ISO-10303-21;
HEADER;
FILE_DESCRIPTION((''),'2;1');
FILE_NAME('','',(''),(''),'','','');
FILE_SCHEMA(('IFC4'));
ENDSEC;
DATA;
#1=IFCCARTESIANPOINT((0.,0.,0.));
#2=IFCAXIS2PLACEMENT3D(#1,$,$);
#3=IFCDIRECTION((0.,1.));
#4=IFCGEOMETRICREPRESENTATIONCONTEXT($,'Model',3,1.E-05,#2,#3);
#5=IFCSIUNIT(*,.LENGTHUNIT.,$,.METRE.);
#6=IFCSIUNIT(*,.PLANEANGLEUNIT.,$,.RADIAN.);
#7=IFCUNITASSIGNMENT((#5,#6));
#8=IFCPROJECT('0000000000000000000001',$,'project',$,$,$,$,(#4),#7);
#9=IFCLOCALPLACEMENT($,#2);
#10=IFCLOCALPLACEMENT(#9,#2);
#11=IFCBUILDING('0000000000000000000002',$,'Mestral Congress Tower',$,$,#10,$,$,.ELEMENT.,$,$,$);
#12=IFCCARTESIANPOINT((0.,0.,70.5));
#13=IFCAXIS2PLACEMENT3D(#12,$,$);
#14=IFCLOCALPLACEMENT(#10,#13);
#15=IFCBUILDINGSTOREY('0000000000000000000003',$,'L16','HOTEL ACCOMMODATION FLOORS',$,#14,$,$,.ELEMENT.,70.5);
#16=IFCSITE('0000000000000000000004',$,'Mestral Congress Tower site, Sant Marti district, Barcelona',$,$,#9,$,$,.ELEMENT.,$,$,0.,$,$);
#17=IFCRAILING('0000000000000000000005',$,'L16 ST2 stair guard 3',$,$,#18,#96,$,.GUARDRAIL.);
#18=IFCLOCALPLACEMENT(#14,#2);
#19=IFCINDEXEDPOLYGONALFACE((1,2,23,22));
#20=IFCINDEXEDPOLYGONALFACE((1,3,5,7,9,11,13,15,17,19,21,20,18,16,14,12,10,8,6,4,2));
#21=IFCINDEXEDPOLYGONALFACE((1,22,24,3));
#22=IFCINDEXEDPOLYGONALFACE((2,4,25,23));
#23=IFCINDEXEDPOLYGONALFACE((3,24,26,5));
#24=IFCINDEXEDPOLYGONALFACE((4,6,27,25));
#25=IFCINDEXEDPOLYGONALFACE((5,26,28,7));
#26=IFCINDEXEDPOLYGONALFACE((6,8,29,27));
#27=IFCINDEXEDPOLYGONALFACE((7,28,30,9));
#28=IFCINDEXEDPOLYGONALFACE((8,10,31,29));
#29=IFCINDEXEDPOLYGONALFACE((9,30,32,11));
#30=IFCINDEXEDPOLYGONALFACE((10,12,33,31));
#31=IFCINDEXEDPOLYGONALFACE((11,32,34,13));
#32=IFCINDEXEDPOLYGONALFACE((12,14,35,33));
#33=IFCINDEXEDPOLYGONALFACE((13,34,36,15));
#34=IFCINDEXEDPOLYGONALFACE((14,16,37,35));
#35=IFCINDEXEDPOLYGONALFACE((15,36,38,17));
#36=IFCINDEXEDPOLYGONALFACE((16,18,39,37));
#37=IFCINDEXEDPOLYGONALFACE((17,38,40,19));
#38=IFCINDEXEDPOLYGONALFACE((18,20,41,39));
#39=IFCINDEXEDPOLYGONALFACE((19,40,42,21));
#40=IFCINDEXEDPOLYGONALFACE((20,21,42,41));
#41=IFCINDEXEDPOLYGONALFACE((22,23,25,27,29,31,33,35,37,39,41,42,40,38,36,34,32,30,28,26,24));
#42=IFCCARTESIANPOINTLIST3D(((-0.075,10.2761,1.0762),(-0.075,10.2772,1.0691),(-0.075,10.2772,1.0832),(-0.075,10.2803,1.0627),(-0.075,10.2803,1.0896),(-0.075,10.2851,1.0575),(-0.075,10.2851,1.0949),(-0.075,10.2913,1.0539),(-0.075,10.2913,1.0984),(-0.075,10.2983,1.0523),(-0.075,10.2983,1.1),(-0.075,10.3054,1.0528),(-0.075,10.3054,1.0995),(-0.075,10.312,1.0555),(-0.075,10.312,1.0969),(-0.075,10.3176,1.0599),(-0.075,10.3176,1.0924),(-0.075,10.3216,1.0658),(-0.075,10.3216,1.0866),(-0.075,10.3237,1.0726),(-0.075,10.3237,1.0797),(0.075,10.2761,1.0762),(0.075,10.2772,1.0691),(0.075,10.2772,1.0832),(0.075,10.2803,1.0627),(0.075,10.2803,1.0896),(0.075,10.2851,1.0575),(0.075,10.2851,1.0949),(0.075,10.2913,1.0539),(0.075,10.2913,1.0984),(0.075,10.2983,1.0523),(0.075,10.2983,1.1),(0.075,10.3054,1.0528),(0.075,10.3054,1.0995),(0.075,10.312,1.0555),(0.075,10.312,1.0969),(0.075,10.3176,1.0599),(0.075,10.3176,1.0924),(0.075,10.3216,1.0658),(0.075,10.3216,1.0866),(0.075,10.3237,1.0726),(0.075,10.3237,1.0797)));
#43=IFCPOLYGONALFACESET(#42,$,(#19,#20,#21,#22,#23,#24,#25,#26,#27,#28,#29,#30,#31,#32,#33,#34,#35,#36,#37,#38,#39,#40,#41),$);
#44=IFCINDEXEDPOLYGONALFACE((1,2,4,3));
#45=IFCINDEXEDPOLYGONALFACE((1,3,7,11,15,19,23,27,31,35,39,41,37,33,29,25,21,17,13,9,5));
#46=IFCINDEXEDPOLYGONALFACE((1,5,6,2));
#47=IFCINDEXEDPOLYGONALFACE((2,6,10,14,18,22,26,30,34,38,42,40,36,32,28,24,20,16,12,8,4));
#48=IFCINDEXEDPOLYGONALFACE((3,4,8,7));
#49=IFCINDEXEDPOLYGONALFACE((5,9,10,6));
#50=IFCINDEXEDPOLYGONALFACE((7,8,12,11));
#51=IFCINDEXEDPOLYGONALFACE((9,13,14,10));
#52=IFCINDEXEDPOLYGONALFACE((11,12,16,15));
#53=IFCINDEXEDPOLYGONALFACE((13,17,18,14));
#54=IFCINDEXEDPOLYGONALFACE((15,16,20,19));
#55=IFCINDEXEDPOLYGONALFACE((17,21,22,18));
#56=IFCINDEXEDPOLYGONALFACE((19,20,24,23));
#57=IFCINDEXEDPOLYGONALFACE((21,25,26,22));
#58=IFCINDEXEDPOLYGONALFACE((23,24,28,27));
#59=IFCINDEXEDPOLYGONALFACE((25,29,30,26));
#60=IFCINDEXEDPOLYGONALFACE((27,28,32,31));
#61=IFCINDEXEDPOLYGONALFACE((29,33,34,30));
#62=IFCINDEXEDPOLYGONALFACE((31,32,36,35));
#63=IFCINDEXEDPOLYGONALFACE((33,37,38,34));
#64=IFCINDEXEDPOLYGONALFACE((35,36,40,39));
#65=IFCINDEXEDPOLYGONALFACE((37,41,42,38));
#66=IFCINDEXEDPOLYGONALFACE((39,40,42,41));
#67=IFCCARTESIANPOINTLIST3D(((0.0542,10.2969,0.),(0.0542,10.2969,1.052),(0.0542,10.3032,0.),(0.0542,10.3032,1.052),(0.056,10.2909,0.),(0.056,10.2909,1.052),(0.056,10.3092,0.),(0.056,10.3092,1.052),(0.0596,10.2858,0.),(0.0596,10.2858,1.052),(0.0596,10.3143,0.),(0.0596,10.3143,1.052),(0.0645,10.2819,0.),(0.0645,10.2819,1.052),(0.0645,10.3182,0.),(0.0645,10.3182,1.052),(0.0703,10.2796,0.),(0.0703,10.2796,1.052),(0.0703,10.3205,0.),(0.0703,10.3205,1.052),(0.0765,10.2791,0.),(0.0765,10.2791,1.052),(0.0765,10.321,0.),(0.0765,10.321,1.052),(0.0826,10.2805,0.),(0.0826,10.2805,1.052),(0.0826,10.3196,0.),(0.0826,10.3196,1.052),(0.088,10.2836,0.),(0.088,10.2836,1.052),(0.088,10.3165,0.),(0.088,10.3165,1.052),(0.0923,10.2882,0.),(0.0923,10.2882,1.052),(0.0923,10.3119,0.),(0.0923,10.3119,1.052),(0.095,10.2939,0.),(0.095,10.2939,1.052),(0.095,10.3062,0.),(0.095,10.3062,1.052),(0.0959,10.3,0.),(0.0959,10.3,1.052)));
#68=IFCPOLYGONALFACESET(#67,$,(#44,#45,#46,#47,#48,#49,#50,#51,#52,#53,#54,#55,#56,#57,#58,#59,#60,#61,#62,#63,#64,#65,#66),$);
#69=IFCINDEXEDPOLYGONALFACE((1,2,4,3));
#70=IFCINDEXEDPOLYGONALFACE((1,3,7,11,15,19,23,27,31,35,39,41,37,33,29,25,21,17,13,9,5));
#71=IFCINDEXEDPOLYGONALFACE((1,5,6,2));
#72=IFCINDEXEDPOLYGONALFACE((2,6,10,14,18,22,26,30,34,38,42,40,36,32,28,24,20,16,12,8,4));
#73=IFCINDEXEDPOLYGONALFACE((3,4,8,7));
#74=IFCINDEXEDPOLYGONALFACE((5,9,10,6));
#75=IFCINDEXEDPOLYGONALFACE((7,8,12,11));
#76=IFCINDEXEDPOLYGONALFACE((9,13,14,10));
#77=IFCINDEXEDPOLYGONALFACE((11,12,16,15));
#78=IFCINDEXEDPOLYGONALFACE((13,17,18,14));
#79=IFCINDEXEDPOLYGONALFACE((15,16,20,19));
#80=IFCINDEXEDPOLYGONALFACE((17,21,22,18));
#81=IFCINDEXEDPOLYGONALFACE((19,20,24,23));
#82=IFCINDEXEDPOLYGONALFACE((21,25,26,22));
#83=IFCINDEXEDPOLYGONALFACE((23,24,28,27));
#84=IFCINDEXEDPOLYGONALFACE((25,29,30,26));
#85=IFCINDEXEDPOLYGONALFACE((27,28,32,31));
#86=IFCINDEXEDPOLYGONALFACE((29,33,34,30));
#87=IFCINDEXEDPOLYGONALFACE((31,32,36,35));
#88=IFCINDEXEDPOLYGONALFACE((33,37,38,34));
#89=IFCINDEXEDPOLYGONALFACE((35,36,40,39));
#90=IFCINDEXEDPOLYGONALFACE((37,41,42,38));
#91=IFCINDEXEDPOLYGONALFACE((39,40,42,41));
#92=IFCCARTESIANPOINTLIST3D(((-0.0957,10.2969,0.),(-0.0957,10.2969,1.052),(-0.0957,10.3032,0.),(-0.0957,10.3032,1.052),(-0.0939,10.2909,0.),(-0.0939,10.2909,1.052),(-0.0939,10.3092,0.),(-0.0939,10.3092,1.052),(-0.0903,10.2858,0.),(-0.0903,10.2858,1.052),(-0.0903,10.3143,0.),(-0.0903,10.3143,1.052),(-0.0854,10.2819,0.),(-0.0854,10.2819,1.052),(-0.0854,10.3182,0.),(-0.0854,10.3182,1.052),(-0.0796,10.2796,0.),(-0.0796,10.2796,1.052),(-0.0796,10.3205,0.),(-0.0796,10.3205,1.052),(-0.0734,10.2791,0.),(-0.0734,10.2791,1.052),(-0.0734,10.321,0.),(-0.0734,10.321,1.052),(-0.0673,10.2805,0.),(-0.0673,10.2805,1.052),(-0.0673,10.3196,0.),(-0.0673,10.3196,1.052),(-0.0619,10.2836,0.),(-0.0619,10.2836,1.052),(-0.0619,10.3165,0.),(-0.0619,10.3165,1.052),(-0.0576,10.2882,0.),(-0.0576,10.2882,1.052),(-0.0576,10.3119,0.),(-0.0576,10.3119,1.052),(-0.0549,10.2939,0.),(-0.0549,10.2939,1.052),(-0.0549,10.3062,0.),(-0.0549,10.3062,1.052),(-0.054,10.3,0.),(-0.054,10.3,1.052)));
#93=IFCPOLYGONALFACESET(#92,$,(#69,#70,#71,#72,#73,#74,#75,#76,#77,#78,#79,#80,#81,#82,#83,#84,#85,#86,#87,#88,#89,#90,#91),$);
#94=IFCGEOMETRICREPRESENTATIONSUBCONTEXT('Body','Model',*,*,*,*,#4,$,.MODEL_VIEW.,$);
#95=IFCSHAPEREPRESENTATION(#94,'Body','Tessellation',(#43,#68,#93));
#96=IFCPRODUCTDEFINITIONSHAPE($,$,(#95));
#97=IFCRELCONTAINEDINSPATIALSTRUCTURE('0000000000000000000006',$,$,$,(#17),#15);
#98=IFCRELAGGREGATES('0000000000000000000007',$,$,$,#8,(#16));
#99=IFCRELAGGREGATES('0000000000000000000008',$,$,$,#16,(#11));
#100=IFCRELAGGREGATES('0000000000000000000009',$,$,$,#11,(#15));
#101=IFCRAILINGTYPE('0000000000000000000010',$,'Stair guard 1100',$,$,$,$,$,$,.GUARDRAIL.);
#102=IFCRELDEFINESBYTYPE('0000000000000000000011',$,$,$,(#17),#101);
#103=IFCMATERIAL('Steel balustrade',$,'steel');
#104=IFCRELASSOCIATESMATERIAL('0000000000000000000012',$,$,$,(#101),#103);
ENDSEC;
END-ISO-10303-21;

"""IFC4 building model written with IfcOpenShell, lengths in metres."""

from ifc_helpers import new_model, si_unit, direction, frame, origin, origin_2d, place, context, subcontext, project, spatial, circle, extrude, material, type_object, element, save


model = new_model("IFC4")

# Units and contexts
model_context = context("Model", 3, precision=1e-05, world=origin(), true_north=direction((0.0, 1.0)))
body_context = subcontext(model_context, "Body", "Model", "MODEL_VIEW")
ifc_project = project(units=[si_unit("LENGTHUNIT", "METRE"), si_unit("PLANEANGLEUNIT", "RADIAN")], contexts=[model_context])

# Site, building, storey
site_placement = place(None, origin())
site = spatial("IfcSite", under=ifc_project, at=site_placement, Name="Mestral Congress Tower site, Sant Marti district, Barcelona", CompositionType="ELEMENT", RefElevation=0.0)
building_placement = place(site_placement, origin())
building = spatial("IfcBuilding", under=site, at=building_placement, Name="Mestral Congress Tower", CompositionType="ELEMENT")
storey_placement = place(building_placement, frame((0.0, 0.0, 70.5)))
storey = spatial("IfcBuildingStorey", under=building, at=storey_placement, Name="L16", Description="HOTEL ACCOMMODATION FLOORS", CompositionType="ELEMENT", Elevation=70.5)

# Railing
ifc_material_1 = material(Name="Steel balustrade", Category="steel")
railing_type_1 = type_object("IfcRailingType", Name="Stair guard 1100", PredefinedType="GUARDRAIL", material=ifc_material_1)
railing_1_placement = place(storey_placement, frame((0.075, 10.3, 0.0)))
element("IfcRailing", 1, at=railing_1_placement, inside=storey, type_object=railing_type_1, Name="L16 ST2 stair guard 3", PredefinedType="GUARDRAIL", context=body_context, shape_type="SweptSolid", body=[
    extrude(circle(Radius=0.0239, at=origin_2d()), frame((0.0, 0.0, 1.0762), z_axis=(-1.0, 0.0, 0.0), x_axis=(0.0, -1.0, 0.0)), (0.0, 0.0, 1.0), 0.1499),
    extrude(circle(Radius=0.021, at=origin_2d()), origin(), (0.0, 0.0, 1.0), 1.052),
    extrude(circle(Radius=0.021, at=origin_2d()), frame((-0.1499, 0.0, 0.0)), (0.0, 0.0, 1.0), 1.052),
])

save(model, "model.ifc")
